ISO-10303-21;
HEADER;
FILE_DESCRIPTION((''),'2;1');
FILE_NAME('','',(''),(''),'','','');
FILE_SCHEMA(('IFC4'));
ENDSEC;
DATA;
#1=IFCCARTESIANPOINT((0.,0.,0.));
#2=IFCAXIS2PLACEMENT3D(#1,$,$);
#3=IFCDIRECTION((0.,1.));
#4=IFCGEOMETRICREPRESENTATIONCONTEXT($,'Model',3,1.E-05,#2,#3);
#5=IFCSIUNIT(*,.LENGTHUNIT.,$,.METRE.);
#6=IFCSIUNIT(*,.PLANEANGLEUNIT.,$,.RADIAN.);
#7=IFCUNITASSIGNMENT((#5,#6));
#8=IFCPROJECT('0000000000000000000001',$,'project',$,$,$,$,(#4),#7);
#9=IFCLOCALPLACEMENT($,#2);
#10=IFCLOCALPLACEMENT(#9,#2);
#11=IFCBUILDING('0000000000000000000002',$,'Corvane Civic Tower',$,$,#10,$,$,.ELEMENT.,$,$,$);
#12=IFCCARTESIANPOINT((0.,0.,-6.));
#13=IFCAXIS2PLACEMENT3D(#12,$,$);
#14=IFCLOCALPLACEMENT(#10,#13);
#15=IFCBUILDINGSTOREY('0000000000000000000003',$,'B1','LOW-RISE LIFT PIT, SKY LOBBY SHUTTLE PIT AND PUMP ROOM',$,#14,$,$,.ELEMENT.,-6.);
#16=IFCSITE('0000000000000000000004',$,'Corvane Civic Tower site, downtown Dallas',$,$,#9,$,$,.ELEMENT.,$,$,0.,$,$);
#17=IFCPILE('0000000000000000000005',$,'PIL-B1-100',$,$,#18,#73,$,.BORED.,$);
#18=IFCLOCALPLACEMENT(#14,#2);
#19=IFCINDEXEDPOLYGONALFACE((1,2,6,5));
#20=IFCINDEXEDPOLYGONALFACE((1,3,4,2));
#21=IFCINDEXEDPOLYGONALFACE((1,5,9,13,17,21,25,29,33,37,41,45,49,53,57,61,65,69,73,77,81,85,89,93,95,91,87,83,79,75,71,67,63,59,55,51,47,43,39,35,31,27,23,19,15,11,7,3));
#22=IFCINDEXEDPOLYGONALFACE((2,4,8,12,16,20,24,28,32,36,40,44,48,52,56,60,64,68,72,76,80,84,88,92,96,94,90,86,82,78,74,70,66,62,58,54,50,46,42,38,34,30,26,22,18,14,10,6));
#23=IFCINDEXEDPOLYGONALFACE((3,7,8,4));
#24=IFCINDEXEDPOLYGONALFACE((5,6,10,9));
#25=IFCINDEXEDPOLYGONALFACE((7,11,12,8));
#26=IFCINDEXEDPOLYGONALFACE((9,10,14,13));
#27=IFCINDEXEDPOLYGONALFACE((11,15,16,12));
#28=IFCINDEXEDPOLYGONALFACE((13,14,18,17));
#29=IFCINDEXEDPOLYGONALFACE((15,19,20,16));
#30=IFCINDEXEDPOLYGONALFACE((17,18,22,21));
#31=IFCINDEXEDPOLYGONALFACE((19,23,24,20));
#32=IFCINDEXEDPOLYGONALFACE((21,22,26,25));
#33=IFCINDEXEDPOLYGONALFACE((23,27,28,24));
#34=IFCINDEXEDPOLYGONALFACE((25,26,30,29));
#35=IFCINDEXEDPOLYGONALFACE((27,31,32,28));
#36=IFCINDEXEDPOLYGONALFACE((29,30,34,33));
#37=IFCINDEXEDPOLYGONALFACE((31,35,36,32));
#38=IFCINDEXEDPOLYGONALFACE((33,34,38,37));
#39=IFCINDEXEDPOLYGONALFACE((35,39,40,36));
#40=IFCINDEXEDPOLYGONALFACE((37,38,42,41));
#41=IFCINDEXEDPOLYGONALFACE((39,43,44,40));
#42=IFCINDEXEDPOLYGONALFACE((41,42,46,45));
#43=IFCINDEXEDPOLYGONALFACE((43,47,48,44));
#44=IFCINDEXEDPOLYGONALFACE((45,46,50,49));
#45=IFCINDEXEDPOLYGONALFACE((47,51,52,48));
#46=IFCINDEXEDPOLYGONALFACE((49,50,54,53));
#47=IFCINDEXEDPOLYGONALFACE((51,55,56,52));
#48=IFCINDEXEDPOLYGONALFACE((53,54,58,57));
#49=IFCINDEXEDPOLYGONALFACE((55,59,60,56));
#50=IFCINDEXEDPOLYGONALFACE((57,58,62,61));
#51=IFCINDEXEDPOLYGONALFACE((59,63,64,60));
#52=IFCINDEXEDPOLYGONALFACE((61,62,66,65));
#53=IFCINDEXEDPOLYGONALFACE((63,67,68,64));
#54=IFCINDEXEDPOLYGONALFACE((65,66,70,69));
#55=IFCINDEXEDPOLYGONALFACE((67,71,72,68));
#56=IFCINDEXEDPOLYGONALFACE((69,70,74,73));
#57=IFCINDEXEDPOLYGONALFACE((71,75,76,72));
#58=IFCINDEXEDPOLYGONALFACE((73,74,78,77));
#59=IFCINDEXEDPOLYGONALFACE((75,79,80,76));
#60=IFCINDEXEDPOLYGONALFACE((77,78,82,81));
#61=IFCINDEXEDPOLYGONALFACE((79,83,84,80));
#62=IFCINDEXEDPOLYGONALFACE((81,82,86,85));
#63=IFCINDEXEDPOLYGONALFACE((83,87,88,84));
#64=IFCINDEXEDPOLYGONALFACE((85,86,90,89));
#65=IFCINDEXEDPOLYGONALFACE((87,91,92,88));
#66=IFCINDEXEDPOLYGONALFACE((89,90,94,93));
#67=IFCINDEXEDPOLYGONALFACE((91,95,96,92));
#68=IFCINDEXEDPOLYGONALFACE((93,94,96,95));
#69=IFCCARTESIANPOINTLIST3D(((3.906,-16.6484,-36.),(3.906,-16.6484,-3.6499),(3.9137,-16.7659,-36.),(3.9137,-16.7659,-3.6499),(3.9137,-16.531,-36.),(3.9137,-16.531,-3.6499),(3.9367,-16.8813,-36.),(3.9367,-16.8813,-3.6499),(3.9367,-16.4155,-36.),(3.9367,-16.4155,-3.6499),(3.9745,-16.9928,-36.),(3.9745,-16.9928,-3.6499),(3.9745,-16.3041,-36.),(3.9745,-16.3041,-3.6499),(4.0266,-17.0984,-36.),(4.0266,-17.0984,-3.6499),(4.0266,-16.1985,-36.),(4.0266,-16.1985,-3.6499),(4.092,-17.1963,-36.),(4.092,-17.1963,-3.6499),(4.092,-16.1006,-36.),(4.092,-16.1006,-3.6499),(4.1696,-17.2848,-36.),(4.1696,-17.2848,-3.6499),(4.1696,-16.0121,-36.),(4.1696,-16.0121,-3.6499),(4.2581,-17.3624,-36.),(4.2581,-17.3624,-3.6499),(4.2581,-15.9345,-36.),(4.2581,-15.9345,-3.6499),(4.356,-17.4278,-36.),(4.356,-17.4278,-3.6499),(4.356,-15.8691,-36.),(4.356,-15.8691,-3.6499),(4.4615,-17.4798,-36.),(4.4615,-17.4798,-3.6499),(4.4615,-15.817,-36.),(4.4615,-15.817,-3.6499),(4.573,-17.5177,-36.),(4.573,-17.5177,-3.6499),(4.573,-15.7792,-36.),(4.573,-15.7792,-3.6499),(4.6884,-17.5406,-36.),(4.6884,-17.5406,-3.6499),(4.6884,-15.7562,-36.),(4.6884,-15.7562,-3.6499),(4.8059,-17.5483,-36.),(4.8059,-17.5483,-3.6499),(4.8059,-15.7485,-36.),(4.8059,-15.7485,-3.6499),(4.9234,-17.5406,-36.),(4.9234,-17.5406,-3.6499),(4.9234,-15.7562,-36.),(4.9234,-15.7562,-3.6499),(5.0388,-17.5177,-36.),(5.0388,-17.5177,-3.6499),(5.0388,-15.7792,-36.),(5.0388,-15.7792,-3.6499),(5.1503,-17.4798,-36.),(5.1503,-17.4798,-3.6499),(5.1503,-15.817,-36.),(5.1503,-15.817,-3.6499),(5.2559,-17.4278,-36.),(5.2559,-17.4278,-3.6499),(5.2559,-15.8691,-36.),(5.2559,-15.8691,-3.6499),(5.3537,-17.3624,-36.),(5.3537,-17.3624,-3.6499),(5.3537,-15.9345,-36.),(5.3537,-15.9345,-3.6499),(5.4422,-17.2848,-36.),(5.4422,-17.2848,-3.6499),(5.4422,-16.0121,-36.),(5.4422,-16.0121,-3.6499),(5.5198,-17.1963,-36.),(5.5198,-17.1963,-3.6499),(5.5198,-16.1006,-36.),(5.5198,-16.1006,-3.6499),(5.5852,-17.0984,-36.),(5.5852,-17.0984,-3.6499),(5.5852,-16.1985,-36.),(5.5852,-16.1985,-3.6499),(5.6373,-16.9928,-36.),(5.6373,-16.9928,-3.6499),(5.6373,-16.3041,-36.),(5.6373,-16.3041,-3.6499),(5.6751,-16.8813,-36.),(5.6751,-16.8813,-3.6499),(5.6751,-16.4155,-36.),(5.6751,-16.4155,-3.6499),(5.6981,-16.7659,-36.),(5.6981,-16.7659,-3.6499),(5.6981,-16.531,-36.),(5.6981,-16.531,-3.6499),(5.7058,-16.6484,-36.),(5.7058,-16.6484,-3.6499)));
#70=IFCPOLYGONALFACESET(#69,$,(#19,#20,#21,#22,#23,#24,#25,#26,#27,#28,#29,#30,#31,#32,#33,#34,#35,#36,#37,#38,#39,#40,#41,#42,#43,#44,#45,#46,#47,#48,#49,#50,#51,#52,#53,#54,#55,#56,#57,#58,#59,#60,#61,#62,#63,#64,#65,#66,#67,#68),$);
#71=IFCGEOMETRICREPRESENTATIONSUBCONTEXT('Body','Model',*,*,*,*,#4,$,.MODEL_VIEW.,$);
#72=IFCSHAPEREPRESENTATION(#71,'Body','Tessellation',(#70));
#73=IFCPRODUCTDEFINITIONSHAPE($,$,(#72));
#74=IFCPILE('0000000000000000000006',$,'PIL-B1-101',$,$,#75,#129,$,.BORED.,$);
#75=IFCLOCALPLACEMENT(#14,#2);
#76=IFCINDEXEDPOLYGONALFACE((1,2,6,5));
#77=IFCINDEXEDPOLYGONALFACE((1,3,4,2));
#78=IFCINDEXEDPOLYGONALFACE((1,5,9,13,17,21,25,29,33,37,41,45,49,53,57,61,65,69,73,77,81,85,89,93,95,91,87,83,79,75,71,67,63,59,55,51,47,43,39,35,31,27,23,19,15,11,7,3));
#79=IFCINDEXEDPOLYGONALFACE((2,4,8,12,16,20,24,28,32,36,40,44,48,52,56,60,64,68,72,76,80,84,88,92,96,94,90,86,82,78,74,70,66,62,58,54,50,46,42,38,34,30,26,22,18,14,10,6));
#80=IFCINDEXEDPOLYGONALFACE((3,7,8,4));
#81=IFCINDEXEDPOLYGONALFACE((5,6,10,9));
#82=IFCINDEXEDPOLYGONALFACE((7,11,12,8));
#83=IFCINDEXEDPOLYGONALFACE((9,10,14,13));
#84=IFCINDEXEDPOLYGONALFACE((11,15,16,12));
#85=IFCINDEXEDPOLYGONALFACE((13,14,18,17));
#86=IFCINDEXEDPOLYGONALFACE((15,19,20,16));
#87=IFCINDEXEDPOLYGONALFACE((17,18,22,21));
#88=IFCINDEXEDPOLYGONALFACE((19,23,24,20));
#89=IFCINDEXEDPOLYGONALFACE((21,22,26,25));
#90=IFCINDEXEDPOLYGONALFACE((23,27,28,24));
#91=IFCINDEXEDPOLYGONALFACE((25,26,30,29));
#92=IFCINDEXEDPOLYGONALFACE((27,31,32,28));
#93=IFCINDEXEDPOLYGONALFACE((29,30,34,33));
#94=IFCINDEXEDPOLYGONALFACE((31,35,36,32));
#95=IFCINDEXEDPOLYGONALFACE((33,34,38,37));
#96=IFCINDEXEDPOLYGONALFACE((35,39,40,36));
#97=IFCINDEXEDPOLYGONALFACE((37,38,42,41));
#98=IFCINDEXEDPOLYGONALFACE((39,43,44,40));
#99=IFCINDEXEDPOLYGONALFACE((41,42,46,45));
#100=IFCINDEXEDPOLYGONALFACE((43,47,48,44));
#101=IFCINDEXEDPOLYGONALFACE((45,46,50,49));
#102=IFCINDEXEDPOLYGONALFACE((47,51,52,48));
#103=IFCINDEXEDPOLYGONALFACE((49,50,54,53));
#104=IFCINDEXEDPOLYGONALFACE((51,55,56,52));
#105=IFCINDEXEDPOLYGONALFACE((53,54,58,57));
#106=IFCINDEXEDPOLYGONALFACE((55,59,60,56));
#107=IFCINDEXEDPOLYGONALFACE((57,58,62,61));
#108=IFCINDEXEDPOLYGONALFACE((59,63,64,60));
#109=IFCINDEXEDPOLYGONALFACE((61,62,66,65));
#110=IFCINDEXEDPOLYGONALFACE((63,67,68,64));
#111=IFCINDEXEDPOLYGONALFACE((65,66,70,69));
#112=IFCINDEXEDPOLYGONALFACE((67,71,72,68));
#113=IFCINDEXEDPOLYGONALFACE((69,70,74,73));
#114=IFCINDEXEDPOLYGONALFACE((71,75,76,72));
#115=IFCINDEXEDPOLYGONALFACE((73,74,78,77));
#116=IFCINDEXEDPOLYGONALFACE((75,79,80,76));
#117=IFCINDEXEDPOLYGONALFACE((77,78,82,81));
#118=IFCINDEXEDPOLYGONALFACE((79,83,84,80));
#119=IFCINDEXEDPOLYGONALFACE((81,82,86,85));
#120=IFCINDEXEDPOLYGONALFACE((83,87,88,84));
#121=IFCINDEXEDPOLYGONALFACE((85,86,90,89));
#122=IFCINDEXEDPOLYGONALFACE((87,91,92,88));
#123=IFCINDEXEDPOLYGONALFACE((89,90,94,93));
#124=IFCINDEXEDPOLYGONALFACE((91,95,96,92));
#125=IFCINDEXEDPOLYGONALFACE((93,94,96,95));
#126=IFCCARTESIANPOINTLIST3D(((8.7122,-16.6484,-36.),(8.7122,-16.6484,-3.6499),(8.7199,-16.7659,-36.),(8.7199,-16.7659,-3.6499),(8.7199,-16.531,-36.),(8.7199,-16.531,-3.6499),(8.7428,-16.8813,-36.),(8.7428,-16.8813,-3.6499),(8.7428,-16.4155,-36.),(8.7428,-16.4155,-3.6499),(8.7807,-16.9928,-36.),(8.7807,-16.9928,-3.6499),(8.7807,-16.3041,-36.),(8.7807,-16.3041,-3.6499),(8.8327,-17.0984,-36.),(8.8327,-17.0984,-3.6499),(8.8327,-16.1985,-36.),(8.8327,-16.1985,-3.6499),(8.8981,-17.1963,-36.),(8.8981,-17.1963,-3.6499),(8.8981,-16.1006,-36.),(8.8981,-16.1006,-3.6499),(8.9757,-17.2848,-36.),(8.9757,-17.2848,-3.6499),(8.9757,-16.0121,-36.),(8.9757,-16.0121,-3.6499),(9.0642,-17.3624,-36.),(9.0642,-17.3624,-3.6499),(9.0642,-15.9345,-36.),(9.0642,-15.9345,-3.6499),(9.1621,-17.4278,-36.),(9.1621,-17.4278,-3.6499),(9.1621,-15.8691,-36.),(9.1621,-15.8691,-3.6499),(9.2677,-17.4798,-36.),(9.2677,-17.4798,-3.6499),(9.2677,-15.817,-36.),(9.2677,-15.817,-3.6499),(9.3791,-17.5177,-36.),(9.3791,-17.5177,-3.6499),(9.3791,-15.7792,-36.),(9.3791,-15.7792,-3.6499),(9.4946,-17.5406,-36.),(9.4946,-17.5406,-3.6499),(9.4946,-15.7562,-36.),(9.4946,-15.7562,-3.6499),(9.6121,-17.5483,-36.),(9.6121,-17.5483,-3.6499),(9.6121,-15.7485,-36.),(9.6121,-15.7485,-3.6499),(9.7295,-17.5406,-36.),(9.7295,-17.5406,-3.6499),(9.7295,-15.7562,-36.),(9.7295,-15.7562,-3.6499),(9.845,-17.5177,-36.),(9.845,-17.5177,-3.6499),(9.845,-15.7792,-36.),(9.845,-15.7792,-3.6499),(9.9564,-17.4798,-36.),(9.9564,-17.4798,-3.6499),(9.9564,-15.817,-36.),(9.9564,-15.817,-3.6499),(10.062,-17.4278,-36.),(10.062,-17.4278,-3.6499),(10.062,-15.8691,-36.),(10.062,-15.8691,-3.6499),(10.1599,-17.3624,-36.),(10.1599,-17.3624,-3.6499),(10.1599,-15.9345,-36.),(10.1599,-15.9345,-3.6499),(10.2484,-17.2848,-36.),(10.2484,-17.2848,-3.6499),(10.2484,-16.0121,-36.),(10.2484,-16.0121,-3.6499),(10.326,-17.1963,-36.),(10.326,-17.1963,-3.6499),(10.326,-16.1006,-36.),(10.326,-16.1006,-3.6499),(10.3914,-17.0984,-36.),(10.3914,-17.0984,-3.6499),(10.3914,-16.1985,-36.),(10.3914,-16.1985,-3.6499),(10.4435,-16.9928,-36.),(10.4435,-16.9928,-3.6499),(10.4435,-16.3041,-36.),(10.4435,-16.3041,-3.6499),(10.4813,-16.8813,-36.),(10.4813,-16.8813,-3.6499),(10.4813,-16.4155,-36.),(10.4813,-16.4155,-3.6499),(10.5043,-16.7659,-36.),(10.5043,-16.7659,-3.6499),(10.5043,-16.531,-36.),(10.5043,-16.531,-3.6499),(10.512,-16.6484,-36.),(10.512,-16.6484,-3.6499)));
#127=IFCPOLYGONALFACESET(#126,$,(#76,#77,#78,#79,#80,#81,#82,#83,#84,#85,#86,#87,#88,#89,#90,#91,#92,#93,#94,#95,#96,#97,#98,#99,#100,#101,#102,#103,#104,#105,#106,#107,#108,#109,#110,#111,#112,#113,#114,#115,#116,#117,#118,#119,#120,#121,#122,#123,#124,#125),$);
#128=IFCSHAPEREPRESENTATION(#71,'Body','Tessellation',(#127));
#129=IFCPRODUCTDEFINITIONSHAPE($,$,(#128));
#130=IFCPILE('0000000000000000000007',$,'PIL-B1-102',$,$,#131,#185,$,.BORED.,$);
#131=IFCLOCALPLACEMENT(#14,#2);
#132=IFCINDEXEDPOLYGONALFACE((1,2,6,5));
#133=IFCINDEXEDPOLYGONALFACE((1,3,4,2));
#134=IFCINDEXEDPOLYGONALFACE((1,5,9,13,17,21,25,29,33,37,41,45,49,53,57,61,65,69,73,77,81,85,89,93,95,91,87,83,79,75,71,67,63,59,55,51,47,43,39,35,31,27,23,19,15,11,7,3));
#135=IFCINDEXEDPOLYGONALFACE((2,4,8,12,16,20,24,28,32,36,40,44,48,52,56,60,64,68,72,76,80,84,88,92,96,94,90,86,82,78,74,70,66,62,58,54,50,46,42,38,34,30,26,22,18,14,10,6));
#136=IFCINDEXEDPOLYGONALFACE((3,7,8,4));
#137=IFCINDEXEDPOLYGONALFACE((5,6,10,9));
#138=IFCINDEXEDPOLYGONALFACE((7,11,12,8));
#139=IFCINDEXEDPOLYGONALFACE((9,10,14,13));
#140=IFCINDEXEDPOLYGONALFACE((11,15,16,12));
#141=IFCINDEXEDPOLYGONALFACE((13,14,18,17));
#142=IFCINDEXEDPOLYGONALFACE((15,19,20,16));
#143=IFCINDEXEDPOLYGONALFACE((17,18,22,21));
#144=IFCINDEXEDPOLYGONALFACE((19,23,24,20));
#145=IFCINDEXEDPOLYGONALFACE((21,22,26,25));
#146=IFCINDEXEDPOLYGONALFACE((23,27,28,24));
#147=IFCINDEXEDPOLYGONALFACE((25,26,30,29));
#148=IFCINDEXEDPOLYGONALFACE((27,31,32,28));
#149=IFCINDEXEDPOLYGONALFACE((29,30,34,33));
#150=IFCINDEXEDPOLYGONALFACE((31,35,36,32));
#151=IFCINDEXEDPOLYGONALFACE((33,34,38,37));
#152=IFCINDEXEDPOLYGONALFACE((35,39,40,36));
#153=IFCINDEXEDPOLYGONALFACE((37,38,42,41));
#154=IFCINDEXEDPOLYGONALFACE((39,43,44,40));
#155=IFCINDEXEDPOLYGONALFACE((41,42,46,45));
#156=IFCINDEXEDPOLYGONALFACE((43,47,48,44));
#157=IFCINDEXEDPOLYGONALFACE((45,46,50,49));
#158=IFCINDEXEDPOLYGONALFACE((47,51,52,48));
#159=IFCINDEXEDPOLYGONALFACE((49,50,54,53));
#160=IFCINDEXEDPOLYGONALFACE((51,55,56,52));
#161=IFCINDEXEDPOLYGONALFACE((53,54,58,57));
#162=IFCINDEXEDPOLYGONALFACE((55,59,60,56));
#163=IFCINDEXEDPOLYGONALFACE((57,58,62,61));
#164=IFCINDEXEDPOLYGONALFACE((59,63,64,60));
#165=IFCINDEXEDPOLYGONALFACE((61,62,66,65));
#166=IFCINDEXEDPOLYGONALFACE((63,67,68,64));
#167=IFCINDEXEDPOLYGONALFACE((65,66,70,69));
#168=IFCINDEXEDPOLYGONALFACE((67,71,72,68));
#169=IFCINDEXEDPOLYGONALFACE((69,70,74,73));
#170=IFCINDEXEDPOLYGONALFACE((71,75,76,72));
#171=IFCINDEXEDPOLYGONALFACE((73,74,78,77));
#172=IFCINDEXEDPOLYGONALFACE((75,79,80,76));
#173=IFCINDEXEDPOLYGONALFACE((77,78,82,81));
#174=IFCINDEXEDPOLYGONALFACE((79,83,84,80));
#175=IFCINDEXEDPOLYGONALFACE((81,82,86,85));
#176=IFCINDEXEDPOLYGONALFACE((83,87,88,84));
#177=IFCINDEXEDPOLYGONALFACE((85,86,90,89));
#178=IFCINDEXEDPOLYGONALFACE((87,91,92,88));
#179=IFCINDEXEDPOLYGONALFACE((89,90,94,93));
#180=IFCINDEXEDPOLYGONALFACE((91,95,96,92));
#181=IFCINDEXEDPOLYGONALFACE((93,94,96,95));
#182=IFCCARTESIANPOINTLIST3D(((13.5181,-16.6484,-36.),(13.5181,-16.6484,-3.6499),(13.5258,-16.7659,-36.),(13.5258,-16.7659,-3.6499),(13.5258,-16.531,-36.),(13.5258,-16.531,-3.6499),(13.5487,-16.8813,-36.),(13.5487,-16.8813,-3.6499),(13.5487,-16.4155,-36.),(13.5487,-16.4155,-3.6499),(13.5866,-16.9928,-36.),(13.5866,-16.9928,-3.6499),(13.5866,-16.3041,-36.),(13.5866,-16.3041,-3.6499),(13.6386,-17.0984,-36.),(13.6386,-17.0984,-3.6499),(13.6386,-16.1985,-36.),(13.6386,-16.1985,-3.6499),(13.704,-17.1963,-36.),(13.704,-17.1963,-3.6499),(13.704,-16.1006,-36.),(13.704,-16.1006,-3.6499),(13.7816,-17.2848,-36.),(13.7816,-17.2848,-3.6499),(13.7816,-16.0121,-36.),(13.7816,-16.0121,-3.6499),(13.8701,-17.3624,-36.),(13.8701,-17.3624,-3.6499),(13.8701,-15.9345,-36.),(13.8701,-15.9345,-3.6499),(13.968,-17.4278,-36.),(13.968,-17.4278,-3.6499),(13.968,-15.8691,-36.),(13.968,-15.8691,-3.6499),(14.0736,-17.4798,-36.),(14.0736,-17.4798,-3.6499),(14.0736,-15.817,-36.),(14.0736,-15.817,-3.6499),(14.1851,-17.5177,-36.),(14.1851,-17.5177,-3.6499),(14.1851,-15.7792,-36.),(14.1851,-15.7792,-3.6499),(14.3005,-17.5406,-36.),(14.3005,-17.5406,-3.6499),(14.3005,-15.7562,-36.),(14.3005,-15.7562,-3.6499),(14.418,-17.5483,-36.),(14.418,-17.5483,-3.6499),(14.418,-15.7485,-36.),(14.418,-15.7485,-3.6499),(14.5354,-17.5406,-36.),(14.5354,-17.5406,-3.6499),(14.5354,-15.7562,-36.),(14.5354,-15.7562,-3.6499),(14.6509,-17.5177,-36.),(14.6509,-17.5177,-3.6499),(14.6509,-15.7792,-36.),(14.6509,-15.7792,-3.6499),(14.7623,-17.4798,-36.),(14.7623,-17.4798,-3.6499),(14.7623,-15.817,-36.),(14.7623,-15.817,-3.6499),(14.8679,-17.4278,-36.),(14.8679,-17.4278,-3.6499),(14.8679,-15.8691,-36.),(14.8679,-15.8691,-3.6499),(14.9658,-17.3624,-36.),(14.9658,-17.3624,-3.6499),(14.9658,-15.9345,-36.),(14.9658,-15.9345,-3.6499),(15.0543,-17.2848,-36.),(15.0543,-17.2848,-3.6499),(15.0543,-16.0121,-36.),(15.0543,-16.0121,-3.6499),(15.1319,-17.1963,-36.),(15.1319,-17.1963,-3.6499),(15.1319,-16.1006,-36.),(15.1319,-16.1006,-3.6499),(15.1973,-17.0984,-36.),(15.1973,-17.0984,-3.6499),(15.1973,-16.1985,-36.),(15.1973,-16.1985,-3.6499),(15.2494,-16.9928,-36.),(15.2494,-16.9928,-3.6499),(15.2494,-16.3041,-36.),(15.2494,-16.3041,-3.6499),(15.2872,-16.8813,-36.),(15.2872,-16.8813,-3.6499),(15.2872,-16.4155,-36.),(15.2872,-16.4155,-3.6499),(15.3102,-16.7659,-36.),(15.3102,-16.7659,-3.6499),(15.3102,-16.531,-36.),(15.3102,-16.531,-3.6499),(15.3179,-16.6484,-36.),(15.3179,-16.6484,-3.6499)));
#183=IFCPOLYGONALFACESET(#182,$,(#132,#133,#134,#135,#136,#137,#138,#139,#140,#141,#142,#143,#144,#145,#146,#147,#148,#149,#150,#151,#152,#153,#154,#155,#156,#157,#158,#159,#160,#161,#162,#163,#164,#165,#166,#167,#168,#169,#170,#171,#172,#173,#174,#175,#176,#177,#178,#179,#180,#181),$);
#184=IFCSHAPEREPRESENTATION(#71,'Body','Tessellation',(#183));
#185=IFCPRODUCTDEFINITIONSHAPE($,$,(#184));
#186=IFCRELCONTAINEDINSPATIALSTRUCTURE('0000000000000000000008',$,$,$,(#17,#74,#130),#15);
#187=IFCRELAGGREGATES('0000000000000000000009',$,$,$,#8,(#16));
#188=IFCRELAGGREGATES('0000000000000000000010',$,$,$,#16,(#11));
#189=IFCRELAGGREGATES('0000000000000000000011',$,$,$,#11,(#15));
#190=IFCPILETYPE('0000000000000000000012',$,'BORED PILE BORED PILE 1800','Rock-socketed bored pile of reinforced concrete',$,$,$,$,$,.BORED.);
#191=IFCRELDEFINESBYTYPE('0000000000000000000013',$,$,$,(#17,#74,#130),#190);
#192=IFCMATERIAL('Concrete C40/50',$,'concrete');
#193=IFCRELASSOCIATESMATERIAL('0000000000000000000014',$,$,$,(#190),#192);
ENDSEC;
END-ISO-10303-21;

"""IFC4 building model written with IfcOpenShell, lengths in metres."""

from ifc_helpers import new_model, si_unit, direction, frame, origin, origin_2d, place, context, subcontext, project, spatial, circle, extrude, material, material_profile, profile_set, type_object, element, save


model = new_model("IFC4")

# Units and contexts
model_context = context("Model", 3, precision=1e-05, world=origin(), true_north=direction((0.0, 1.0)))
body_context = subcontext(model_context, "Body", "Model", "MODEL_VIEW")
ifc_project = project(units=[si_unit("LENGTHUNIT", "METRE"), si_unit("PLANEANGLEUNIT", "RADIAN")], contexts=[model_context])

# Site, building, storey
site_placement = place(None, origin())
site = spatial("IfcSite", under=ifc_project, at=site_placement, Name="Corvane Civic Tower site, downtown Dallas", CompositionType="ELEMENT", RefElevation=0.0)
building_placement = place(site_placement, origin())
building = spatial("IfcBuilding", under=site, at=building_placement, Name="Corvane Civic Tower", CompositionType="ELEMENT")
storey_placement = place(building_placement, frame((0.0, 0.0, -6.0)))
storey = spatial("IfcBuildingStorey", under=building, at=storey_placement, Name="B1", Description="LOW-RISE LIFT PIT, SKY LOBBY SHUTTLE PIT AND PUMP ROOM", CompositionType="ELEMENT", Elevation=-6.0)

# Piles
ifc_material_1 = material(Name="Concrete C40/50", Category="concrete")
ifc_material_profile = material_profile(ifc_material_1, circle(Radius=0.8999, at=origin_2d()), Name="BORED PILE 1800")
ifc_profile_set = profile_set([ifc_material_profile], Name="Concrete C40/50")
pile_type = type_object("IfcPileType", Name="BORED PILE BORED PILE 1800", Description="Rock-socketed bored pile of reinforced concrete", PredefinedType="BORED", material=ifc_profile_set)
for number, where, z_axis, x_axis, name in (
    (1, (4.8059, -16.6484, -3.6499), (0.0, 0.0, -1.0), (1.0, 0.0, 0.0), "PIL-B1-100"),
    (2, (9.6121, -16.6484, -3.6499), (0.0, 0.0, -1.0), (1.0, 0.0, 0.0), "PIL-B1-101"),
    (3, (14.418, -16.6484, -3.6499), (0.0, 0.0, -1.0), (1.0, 0.0, 0.0), "PIL-B1-102"),
):
    element("IfcPile", number, at=place(storey_placement, frame(where, z_axis=z_axis, x_axis=x_axis)), inside=storey, type_object=pile_type, Name=name, PredefinedType="BORED", context=body_context, shape_type="SweptSolid", body=[
        extrude(circle(Radius=0.8999, at=origin_2d()), origin(), (0.0, 0.0, 1.0), 32.3501),
    ])

save(model, "model.ifc")
